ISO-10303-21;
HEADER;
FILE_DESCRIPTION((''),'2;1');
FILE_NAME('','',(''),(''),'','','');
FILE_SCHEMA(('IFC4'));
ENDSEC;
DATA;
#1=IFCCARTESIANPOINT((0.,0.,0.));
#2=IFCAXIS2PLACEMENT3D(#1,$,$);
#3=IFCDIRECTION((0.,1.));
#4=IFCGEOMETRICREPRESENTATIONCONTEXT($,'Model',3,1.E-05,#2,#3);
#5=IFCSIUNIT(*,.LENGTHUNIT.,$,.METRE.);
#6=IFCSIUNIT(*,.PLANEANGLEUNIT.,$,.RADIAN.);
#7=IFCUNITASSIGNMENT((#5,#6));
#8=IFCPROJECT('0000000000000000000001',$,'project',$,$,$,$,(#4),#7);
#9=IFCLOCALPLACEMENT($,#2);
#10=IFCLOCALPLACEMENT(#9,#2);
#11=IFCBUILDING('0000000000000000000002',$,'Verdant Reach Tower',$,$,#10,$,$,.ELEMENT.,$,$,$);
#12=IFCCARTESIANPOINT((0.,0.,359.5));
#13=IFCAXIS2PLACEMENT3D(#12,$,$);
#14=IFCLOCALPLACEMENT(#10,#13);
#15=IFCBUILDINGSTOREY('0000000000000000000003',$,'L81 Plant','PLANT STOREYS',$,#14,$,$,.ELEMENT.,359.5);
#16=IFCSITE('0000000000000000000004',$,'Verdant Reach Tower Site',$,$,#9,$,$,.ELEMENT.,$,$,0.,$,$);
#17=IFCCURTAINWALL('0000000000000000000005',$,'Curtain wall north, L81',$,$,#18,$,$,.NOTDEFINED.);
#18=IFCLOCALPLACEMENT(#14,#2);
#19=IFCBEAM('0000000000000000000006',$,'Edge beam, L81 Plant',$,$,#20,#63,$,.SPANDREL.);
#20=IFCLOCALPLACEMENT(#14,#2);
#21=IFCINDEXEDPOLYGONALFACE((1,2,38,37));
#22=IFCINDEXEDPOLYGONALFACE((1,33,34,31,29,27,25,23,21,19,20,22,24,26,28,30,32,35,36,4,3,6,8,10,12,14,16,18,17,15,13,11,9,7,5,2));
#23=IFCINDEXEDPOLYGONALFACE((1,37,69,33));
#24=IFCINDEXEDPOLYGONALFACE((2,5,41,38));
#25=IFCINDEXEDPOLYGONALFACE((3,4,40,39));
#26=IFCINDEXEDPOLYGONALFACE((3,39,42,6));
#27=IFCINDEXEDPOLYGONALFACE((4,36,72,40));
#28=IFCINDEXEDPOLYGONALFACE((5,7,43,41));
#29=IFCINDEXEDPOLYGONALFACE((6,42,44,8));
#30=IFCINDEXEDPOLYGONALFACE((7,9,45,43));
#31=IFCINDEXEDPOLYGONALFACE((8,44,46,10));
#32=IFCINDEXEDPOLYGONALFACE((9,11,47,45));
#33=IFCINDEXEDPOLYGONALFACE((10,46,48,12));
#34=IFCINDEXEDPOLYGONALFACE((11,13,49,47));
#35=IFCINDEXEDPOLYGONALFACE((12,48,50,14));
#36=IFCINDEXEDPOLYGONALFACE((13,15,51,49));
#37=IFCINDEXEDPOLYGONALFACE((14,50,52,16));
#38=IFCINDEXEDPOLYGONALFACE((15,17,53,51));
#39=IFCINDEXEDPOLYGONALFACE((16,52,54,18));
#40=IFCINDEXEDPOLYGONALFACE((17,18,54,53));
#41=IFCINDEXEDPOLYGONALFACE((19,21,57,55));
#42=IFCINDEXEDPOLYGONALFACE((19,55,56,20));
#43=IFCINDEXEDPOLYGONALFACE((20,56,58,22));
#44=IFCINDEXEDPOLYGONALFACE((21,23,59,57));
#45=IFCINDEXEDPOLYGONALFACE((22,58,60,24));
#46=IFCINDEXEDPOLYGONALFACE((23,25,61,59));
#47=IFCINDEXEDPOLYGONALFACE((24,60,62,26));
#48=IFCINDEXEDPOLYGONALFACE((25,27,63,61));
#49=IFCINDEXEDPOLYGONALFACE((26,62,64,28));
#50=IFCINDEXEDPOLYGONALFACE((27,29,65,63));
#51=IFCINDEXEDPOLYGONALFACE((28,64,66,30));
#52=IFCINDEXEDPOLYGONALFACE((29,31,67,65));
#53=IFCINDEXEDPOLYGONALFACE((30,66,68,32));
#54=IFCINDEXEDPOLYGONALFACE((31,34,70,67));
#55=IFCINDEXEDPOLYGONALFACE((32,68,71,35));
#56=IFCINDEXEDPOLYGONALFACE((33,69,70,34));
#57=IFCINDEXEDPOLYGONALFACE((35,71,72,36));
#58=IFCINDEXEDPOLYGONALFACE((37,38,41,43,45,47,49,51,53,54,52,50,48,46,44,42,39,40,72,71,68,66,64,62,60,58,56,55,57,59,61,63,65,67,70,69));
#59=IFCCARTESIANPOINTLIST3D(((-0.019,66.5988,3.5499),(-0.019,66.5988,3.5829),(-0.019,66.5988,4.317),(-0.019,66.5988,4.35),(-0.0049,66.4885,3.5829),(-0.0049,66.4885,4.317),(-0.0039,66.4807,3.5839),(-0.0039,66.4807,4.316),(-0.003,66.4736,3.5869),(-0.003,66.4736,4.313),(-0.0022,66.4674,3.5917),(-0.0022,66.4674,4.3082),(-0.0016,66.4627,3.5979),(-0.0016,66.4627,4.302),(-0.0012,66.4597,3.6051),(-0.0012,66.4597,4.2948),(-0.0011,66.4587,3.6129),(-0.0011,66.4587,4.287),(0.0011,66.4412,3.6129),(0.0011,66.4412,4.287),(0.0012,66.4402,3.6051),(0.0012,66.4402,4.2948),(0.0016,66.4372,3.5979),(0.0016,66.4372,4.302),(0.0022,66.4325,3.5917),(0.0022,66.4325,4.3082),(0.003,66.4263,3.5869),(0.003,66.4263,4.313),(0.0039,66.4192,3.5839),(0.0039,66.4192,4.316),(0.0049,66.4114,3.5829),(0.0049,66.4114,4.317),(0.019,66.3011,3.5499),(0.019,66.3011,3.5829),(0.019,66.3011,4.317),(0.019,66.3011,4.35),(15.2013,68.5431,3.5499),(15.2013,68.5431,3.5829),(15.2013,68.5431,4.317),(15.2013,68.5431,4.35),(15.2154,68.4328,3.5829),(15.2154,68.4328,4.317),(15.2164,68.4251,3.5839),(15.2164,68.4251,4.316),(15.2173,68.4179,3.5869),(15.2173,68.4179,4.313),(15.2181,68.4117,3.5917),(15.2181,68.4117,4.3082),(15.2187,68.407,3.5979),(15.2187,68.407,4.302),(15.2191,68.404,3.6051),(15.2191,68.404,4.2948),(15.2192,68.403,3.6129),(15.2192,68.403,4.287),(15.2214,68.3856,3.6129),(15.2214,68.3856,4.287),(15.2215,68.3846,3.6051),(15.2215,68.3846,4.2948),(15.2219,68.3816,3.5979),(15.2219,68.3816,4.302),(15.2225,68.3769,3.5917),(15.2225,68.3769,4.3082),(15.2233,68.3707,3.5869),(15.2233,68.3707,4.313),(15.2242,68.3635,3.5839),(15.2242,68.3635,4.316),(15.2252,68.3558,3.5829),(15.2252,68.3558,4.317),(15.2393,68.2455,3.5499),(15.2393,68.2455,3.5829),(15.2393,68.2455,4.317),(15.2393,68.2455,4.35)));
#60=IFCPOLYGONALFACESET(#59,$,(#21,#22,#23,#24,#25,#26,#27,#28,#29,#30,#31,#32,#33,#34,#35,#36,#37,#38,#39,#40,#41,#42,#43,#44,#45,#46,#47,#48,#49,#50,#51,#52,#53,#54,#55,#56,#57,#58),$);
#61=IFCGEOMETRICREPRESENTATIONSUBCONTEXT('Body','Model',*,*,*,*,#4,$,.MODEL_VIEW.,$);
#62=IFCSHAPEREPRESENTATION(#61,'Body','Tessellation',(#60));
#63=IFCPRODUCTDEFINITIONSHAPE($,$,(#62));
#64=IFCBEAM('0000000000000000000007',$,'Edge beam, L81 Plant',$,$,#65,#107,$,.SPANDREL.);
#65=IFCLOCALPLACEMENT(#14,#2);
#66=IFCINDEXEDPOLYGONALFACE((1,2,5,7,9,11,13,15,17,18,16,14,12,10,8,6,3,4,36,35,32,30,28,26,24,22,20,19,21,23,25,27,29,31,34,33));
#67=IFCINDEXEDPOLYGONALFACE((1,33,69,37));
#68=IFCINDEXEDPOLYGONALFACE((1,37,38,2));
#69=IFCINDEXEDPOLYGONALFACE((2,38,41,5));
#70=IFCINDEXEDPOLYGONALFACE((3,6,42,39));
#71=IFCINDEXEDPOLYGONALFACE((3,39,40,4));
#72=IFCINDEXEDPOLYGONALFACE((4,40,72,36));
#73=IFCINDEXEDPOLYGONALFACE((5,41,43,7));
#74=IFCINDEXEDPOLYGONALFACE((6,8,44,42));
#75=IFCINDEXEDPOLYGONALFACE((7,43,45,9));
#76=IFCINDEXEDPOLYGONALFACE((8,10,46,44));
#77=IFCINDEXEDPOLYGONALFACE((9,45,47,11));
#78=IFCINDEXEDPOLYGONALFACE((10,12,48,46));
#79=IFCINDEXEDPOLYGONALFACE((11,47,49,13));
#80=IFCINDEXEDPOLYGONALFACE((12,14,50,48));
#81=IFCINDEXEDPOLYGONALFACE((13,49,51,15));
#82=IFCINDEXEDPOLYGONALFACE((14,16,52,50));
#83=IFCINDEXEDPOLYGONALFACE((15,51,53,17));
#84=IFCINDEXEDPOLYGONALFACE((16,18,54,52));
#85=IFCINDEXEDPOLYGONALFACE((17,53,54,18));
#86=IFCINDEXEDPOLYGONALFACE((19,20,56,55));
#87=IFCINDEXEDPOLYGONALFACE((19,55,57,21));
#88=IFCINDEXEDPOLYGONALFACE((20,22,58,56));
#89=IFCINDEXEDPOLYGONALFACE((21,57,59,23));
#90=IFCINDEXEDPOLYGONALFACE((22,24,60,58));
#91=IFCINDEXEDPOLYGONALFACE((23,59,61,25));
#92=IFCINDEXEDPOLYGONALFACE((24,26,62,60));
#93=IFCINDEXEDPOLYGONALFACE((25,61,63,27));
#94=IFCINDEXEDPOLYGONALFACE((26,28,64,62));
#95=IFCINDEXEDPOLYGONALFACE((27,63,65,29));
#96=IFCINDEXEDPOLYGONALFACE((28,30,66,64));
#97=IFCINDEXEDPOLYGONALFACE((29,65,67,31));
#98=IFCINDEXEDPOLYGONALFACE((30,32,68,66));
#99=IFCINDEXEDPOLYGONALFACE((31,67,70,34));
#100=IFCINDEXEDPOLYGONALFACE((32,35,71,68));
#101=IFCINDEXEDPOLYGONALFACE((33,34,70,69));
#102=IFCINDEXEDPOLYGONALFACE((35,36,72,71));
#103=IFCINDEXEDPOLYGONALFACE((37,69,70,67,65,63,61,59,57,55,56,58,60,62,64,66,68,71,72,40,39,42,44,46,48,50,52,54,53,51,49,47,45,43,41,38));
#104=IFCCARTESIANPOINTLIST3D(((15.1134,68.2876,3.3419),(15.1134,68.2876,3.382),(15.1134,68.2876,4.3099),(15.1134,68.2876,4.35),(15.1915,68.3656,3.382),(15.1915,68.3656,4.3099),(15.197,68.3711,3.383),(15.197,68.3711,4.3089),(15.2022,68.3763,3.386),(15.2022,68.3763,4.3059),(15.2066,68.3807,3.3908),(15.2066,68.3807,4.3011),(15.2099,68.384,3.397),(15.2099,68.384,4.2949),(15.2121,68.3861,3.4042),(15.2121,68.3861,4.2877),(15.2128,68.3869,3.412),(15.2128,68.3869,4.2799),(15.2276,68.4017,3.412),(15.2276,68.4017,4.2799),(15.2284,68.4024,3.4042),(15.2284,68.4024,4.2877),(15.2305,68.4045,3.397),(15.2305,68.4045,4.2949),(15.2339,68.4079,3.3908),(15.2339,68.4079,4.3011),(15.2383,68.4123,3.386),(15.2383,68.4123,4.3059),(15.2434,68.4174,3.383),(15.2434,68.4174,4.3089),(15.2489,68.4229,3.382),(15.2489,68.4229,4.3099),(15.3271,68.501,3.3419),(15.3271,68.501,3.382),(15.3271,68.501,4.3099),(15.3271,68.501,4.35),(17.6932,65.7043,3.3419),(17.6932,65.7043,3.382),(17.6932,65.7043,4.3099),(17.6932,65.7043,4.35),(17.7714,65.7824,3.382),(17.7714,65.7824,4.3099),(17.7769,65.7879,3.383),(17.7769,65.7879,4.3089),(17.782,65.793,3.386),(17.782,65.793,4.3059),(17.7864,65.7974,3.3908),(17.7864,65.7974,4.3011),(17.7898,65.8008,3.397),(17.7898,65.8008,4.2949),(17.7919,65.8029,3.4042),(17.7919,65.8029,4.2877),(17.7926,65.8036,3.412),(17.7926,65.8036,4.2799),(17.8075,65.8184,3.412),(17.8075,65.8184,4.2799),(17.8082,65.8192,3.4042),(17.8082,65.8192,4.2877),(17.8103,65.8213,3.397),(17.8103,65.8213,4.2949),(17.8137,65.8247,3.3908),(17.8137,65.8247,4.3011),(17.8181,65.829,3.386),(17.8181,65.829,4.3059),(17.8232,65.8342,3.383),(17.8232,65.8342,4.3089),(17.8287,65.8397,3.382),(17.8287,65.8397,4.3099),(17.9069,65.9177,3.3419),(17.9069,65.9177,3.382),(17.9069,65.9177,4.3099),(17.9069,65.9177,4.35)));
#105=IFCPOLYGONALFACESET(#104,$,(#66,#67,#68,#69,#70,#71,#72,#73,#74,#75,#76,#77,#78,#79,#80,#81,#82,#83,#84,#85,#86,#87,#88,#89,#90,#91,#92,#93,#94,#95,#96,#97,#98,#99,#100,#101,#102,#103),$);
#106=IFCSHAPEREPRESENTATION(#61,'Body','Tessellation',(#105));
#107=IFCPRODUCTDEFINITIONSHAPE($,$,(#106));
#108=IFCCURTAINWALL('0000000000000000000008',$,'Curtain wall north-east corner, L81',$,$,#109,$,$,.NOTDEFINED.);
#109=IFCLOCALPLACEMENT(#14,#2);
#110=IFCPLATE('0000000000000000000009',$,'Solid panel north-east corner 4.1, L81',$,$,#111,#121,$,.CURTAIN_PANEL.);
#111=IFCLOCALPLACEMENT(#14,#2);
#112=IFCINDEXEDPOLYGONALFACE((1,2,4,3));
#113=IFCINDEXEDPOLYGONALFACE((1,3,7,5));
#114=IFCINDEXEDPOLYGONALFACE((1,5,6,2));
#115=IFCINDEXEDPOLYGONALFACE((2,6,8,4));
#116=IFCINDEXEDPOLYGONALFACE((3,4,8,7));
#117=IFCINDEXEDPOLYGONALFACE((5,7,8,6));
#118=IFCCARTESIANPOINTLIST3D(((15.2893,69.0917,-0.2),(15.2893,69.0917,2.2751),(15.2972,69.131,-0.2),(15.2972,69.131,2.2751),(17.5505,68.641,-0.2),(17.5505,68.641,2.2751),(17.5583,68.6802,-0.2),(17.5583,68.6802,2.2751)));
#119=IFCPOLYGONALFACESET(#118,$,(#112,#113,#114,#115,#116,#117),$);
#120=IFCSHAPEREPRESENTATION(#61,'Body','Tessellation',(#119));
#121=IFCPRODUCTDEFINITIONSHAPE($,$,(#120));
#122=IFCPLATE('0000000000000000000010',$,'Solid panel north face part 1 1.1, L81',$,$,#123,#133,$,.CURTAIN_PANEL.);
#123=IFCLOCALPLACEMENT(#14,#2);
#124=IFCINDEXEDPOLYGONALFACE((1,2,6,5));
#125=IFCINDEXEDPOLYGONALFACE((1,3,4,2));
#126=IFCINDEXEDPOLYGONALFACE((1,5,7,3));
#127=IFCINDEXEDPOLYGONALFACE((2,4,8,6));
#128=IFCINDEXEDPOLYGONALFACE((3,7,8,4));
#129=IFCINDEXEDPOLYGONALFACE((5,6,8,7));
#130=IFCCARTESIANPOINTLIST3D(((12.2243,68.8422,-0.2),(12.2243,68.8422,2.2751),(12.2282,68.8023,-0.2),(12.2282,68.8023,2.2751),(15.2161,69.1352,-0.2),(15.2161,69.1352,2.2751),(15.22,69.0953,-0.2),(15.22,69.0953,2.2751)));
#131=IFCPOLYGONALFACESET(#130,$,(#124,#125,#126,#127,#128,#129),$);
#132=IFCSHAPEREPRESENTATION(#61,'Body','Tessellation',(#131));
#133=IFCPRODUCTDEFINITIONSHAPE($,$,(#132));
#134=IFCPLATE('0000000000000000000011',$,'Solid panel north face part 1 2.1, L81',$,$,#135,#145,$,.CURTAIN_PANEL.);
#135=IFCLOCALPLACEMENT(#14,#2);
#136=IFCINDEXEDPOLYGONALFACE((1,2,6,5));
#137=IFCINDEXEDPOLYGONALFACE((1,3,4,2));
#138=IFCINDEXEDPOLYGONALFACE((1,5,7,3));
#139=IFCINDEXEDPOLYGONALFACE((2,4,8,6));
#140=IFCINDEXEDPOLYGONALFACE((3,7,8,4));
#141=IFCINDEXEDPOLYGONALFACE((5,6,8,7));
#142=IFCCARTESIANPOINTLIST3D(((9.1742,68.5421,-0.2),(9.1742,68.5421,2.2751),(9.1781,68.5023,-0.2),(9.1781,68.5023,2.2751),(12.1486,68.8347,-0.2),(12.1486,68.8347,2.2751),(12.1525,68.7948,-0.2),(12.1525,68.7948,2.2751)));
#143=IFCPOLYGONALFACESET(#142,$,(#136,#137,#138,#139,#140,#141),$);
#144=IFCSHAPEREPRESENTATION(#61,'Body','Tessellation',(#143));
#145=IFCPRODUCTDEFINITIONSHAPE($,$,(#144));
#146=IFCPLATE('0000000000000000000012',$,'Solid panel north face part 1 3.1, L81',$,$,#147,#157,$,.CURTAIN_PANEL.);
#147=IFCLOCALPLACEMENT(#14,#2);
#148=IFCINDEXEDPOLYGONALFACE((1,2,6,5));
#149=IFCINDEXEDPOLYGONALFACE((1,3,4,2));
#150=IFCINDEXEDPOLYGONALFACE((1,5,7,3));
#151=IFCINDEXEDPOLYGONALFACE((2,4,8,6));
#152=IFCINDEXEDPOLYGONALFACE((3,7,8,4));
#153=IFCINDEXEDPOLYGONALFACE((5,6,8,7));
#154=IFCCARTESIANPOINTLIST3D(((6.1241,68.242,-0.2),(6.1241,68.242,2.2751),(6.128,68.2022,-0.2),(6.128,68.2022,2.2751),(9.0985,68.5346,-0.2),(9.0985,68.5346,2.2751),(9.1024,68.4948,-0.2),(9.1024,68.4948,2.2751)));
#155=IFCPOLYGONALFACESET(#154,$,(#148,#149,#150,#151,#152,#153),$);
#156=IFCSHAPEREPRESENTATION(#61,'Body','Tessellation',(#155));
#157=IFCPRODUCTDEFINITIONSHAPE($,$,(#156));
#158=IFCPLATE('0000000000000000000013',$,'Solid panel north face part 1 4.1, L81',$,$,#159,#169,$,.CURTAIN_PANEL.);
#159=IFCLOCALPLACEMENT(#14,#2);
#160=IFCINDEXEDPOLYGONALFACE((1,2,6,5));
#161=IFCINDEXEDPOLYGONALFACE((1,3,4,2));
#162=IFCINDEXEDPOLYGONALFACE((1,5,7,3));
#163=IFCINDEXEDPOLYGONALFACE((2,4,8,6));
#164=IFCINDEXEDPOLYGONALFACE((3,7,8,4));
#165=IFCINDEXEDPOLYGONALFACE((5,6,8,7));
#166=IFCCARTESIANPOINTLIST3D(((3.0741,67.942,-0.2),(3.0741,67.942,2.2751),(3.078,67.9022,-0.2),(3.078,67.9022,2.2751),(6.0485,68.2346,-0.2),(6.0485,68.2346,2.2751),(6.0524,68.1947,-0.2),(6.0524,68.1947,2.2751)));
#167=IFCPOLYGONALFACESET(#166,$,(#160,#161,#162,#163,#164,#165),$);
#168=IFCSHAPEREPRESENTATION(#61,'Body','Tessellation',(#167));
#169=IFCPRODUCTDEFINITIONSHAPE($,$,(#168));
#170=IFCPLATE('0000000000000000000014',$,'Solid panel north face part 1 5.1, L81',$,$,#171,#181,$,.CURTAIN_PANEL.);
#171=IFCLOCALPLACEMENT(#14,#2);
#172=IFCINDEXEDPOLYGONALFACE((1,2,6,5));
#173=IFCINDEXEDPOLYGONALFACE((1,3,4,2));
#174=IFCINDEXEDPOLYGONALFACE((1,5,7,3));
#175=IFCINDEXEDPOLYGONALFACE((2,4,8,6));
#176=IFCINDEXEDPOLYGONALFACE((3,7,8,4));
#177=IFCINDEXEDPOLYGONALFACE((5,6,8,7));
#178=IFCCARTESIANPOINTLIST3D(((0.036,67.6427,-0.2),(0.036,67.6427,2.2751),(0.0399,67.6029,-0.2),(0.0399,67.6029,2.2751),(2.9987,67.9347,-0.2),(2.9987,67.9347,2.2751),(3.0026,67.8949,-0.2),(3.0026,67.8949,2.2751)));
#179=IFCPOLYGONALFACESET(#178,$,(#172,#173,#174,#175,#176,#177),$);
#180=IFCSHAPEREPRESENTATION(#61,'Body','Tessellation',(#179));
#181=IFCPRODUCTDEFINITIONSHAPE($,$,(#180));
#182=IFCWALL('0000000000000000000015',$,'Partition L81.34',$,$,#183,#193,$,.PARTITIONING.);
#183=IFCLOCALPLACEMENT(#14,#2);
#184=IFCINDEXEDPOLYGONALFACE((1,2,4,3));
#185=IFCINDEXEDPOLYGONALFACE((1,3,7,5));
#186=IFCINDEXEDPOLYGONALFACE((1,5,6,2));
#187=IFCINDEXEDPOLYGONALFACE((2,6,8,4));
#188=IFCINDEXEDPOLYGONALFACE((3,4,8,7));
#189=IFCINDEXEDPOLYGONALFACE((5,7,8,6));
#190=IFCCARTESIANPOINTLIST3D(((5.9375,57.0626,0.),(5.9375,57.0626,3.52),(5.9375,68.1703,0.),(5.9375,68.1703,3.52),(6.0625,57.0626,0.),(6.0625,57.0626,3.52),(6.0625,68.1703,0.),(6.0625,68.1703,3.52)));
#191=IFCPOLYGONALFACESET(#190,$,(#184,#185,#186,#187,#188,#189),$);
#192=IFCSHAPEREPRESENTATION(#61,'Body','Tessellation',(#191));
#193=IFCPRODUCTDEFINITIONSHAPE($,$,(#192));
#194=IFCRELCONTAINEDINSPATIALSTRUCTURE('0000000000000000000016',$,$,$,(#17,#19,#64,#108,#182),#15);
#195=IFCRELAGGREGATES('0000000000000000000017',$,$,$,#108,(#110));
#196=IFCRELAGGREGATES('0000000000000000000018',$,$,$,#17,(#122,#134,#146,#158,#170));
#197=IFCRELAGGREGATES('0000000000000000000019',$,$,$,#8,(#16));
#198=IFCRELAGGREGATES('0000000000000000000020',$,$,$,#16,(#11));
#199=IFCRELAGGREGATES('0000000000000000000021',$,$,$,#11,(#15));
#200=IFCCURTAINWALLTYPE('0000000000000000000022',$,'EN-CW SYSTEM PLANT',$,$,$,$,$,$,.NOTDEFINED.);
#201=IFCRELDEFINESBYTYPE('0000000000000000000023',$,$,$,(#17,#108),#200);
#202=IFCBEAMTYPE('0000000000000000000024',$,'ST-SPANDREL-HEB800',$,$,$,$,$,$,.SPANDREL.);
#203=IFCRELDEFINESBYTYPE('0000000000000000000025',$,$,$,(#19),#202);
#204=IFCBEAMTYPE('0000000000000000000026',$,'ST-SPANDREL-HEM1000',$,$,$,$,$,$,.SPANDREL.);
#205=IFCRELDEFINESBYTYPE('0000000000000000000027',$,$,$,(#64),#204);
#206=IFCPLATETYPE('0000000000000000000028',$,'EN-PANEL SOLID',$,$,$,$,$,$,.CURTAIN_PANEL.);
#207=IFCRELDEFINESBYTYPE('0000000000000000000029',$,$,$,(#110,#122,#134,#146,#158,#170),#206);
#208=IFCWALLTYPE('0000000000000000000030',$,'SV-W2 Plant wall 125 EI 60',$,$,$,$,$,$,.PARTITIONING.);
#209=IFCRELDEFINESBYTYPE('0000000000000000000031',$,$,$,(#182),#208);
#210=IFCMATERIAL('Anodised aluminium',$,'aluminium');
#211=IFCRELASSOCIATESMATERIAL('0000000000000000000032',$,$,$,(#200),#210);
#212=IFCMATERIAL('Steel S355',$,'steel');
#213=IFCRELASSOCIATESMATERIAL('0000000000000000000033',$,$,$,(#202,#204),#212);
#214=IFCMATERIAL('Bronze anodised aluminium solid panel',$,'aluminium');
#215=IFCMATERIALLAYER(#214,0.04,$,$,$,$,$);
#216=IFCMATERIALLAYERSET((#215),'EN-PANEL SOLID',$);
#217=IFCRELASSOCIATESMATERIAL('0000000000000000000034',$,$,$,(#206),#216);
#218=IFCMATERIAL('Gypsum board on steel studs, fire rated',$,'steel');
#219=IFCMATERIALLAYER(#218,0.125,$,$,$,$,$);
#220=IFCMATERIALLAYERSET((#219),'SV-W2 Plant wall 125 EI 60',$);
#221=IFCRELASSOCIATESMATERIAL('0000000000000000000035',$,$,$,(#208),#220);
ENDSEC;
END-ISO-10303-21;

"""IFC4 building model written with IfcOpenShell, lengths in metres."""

from ifc_helpers import new_model, si_unit, direction, frame, frame_2d, origin, origin_2d, place, context, subcontext, project, spatial, rectangle, i_section, extrude, material, layer, layer_set, material_profile, profile_set, type_object, element, aggregate, save


model = new_model("IFC4")

# Units and contexts
model_context = context("Model", 3, precision=1e-05, world=origin(), true_north=direction((0.0, 1.0)))
body_context = subcontext(model_context, "Body", "Model", "MODEL_VIEW")
ifc_project = project(units=[si_unit("LENGTHUNIT", "METRE"), si_unit("PLANEANGLEUNIT", "RADIAN")], contexts=[model_context])

# Site, building, storey
site_placement = place(None, origin())
site = spatial("IfcSite", under=ifc_project, at=site_placement, Name="Verdant Reach Tower Site", CompositionType="ELEMENT", RefElevation=0.0)
building_placement = place(site_placement, origin())
building = spatial("IfcBuilding", under=site, at=building_placement, Name="Verdant Reach Tower", CompositionType="ELEMENT")
storey_placement = place(building_placement, frame((0.0, 0.0, 359.5)))
storey = spatial("IfcBuildingStorey", under=building, at=storey_placement, Name="L81 Plant", Description="PLANT STOREYS", CompositionType="ELEMENT", Elevation=359.5)

# Curtain wall
ifc_material_1 = material(Name="Anodised aluminium", Category="aluminium")
curtain_wall_type = type_object("IfcCurtainWallType", Name="EN-CW SYSTEM PLANT", PredefinedType="NOTDEFINED", material=ifc_material_1)
curtain_wall_1_placement = place(storey_placement, origin())
curtain_wall_1 = element("IfcCurtainWall", 1, at=curtain_wall_1_placement, inside=storey, type_object=curtain_wall_type, Name="Curtain wall north, L81", PredefinedType="NOTDEFINED")

# Beams
ifc_material_2 = material(Name="Steel S355", Category="steel")
ifc_material_profile_1 = material_profile(ifc_material_2, i_section(OverallWidth=0.3, OverallDepth=0.8, WebThickness=0.0176, FlangeThickness=0.033, FilletRadius=0.03, at=origin_2d()), Name="HEB 800")
ifc_profile_set_1 = profile_set([ifc_material_profile_1], Name="Steel S355")
beam_type_1 = type_object("IfcBeamType", Name="ST-SPANDREL-HEB800", PredefinedType="SPANDREL", material=ifc_profile_set_1)
beam_1_placement = place(storey_placement, frame((0.0, 66.45, 3.95), z_axis=(0.991939, 0.126717, 0.0), x_axis=(-0.126717, 0.991939, 0.0)))
element("IfcBeam", 2, at=beam_1_placement, inside=storey, type_object=beam_type_1, Name="Edge beam, L81 Plant", PredefinedType="SPANDREL", context=body_context, shape_type="SweptSolid", body=[
    extrude(i_section(OverallWidth=0.3, OverallDepth=0.8, WebThickness=0.0176, FlangeThickness=0.033, FilletRadius=0.03, at=origin_2d()), origin(), (0.0, 0.0, 1.0), 15.344),
])
ifc_material_profile_2 = material_profile(ifc_material_2, i_section(OverallWidth=0.302, OverallDepth=1.0081, WebThickness=0.021, FlangeThickness=0.04, FilletRadius=0.03, at=origin_2d()), Name="HEM 1000")
ifc_profile_set_2 = profile_set([ifc_material_profile_2], Name="Steel S355")
beam_type_2 = type_object("IfcBeamType", Name="ST-SPANDREL-HEM1000", PredefinedType="SPANDREL", material=ifc_profile_set_2)
beam_2_placement = place(storey_placement, frame((15.2202, 68.3943, 3.8459), z_axis=(0.706639, -0.707575, 0.0), x_axis=(0.707575, 0.706639, 0.0)))
element("IfcBeam", 3, at=beam_2_placement, inside=storey, type_object=beam_type_2, Name="Edge beam, L81 Plant", PredefinedType="SPANDREL", context=body_context, shape_type="SweptSolid", body=[
    extrude(i_section(OverallWidth=0.302, OverallDepth=1.0081, WebThickness=0.021, FlangeThickness=0.04, FilletRadius=0.03, at=origin_2d()), origin(), (0.0, 0.0, 1.0), 3.6509),
])

# Curtain wall, plate
curtain_wall_2_placement = place(storey_placement, origin())
curtain_wall_2 = element("IfcCurtainWall", 4, at=curtain_wall_2_placement, inside=storey, type_object=curtain_wall_type, Name="Curtain wall north-east corner, L81", PredefinedType="NOTDEFINED")
ifc_material_3 = material(Name="Bronze anodised aluminium solid panel", Category="aluminium")
ifc_layer_1 = layer(ifc_material_3, 0.04)
ifc_layer_set_1 = layer_set([ifc_layer_1], Name="EN-PANEL SOLID")
plate_type = type_object("IfcPlateType", Name="EN-PANEL SOLID", PredefinedType="CURTAIN_PANEL", material=ifc_layer_set_1)
plate_1_placement = place(storey_placement, frame((16.4238, 68.886, -0.2), z_axis=(0.0, 0.0, 1.0), x_axis=(-0.980705, 0.195493, 0.0)))
plate_1 = element("IfcPlate", 5, at=plate_1_placement, type_object=plate_type, Name="Solid panel north-east corner 4.1, L81", PredefinedType="CURTAIN_PANEL", context=body_context, shape_type="SweptSolid", body=[
    extrude(rectangle(XDim=2.3057, YDim=0.04, at=origin_2d()), origin(), (0.0, 0.0, 1.0), 2.4751),
])

# Plates
plate_2_placement = place(storey_placement, frame((13.7222, 68.9688, -0.2), z_axis=(0.0, 0.0, 1.0), x_axis=(-0.995238, -0.097473, 0.0)))
plate_2 = element("IfcPlate", 6, at=plate_2_placement, type_object=plate_type, Name="Solid panel north face part 1 1.1, L81", PredefinedType="CURTAIN_PANEL", context=body_context, shape_type="SweptSolid", body=[
    extrude(rectangle(XDim=3.0061, YDim=0.04, at=origin_2d()), origin(), (0.0, 0.0, 1.0), 2.4751),
])
plate_3_placement = place(storey_placement, frame((10.6633, 68.6685, -0.2), z_axis=(0.0, 0.0, 1.0), x_axis=(-0.995197, -0.097888, 0.0)))
plate_3 = element("IfcPlate", 7, at=plate_3_placement, type_object=plate_type, Name="Solid panel north face part 1 2.1, L81", PredefinedType="CURTAIN_PANEL", context=body_context, shape_type="SweptSolid", body=[
    extrude(rectangle(XDim=2.9888, YDim=0.04, at=origin_2d()), origin(), (0.0, 0.0, 1.0), 2.4751),
])
plate_4_placement = place(storey_placement, frame((7.6133, 68.3684, -0.2), z_axis=(0.0, 0.0, 1.0), x_axis=(-0.995197, -0.097888, 0.0)))
plate_4 = element("IfcPlate", 8, at=plate_4_placement, type_object=plate_type, Name="Solid panel north face part 1 3.1, L81", PredefinedType="CURTAIN_PANEL", context=body_context, shape_type="SweptSolid", body=[
    extrude(rectangle(XDim=2.9888, YDim=0.04, at=origin_2d()), origin(), (0.0, 0.0, 1.0), 2.4751),
])
plate_5_placement = place(storey_placement, frame((4.5632, 68.0684, -0.2), z_axis=(0.0, 0.0, 1.0), x_axis=(-0.995197, -0.097888, 0.0)))
plate_5 = element("IfcPlate", 9, at=plate_5_placement, type_object=plate_type, Name="Solid panel north face part 1 4.1, L81", PredefinedType="CURTAIN_PANEL", context=body_context, shape_type="SweptSolid", body=[
    extrude(rectangle(XDim=2.9888, YDim=0.04, at=origin_2d()), origin(), (0.0, 0.0, 1.0), 2.4751),
])
plate_6_placement = place(storey_placement, frame((1.5193, 67.7688, -0.2), z_axis=(0.0, 0.0, 1.0), x_axis=(-0.995179, -0.098075, 0.0)))
plate_6 = element("IfcPlate", 10, at=plate_6_placement, type_object=plate_type, Name="Solid panel north face part 1 5.1, L81", PredefinedType="CURTAIN_PANEL", context=body_context, shape_type="SweptSolid", body=[
    extrude(rectangle(XDim=2.9771, YDim=0.04, at=origin_2d()), origin(), (0.0, 0.0, 1.0), 2.4751),
])

# Wall
ifc_material_4 = material(Name="Gypsum board on steel studs, fire rated", Category="steel")
ifc_layer_2 = layer(ifc_material_4, 0.125)
ifc_layer_set_2 = layer_set([ifc_layer_2], Name="SV-W2 Plant wall 125 EI 60")
wall_type = type_object("IfcWallType", Name="SV-W2 Plant wall 125 EI 60", PredefinedType="PARTITIONING", material=ifc_layer_set_2)
wall_placement = place(storey_placement, frame((6.0, 68.1702, 0.0), z_axis=(0.0, 0.0, 1.0), x_axis=(0.0, -1.0, 0.0)))
element("IfcWall", 11, at=wall_placement, inside=storey, type_object=wall_type, Name="Partition L81.34", PredefinedType="PARTITIONING", context=body_context, shape_type="SweptSolid", body=[
    extrude(rectangle(XDim=11.1077, YDim=0.125, at=frame_2d((5.5537, 0.0))), origin(), (0.0, 0.0, 1.0), 3.52),
])

aggregate(curtain_wall_2, [plate_1])
aggregate(curtain_wall_1, [plate_2, plate_3, plate_4, plate_5, plate_6])

save(model, "model.ifc")
